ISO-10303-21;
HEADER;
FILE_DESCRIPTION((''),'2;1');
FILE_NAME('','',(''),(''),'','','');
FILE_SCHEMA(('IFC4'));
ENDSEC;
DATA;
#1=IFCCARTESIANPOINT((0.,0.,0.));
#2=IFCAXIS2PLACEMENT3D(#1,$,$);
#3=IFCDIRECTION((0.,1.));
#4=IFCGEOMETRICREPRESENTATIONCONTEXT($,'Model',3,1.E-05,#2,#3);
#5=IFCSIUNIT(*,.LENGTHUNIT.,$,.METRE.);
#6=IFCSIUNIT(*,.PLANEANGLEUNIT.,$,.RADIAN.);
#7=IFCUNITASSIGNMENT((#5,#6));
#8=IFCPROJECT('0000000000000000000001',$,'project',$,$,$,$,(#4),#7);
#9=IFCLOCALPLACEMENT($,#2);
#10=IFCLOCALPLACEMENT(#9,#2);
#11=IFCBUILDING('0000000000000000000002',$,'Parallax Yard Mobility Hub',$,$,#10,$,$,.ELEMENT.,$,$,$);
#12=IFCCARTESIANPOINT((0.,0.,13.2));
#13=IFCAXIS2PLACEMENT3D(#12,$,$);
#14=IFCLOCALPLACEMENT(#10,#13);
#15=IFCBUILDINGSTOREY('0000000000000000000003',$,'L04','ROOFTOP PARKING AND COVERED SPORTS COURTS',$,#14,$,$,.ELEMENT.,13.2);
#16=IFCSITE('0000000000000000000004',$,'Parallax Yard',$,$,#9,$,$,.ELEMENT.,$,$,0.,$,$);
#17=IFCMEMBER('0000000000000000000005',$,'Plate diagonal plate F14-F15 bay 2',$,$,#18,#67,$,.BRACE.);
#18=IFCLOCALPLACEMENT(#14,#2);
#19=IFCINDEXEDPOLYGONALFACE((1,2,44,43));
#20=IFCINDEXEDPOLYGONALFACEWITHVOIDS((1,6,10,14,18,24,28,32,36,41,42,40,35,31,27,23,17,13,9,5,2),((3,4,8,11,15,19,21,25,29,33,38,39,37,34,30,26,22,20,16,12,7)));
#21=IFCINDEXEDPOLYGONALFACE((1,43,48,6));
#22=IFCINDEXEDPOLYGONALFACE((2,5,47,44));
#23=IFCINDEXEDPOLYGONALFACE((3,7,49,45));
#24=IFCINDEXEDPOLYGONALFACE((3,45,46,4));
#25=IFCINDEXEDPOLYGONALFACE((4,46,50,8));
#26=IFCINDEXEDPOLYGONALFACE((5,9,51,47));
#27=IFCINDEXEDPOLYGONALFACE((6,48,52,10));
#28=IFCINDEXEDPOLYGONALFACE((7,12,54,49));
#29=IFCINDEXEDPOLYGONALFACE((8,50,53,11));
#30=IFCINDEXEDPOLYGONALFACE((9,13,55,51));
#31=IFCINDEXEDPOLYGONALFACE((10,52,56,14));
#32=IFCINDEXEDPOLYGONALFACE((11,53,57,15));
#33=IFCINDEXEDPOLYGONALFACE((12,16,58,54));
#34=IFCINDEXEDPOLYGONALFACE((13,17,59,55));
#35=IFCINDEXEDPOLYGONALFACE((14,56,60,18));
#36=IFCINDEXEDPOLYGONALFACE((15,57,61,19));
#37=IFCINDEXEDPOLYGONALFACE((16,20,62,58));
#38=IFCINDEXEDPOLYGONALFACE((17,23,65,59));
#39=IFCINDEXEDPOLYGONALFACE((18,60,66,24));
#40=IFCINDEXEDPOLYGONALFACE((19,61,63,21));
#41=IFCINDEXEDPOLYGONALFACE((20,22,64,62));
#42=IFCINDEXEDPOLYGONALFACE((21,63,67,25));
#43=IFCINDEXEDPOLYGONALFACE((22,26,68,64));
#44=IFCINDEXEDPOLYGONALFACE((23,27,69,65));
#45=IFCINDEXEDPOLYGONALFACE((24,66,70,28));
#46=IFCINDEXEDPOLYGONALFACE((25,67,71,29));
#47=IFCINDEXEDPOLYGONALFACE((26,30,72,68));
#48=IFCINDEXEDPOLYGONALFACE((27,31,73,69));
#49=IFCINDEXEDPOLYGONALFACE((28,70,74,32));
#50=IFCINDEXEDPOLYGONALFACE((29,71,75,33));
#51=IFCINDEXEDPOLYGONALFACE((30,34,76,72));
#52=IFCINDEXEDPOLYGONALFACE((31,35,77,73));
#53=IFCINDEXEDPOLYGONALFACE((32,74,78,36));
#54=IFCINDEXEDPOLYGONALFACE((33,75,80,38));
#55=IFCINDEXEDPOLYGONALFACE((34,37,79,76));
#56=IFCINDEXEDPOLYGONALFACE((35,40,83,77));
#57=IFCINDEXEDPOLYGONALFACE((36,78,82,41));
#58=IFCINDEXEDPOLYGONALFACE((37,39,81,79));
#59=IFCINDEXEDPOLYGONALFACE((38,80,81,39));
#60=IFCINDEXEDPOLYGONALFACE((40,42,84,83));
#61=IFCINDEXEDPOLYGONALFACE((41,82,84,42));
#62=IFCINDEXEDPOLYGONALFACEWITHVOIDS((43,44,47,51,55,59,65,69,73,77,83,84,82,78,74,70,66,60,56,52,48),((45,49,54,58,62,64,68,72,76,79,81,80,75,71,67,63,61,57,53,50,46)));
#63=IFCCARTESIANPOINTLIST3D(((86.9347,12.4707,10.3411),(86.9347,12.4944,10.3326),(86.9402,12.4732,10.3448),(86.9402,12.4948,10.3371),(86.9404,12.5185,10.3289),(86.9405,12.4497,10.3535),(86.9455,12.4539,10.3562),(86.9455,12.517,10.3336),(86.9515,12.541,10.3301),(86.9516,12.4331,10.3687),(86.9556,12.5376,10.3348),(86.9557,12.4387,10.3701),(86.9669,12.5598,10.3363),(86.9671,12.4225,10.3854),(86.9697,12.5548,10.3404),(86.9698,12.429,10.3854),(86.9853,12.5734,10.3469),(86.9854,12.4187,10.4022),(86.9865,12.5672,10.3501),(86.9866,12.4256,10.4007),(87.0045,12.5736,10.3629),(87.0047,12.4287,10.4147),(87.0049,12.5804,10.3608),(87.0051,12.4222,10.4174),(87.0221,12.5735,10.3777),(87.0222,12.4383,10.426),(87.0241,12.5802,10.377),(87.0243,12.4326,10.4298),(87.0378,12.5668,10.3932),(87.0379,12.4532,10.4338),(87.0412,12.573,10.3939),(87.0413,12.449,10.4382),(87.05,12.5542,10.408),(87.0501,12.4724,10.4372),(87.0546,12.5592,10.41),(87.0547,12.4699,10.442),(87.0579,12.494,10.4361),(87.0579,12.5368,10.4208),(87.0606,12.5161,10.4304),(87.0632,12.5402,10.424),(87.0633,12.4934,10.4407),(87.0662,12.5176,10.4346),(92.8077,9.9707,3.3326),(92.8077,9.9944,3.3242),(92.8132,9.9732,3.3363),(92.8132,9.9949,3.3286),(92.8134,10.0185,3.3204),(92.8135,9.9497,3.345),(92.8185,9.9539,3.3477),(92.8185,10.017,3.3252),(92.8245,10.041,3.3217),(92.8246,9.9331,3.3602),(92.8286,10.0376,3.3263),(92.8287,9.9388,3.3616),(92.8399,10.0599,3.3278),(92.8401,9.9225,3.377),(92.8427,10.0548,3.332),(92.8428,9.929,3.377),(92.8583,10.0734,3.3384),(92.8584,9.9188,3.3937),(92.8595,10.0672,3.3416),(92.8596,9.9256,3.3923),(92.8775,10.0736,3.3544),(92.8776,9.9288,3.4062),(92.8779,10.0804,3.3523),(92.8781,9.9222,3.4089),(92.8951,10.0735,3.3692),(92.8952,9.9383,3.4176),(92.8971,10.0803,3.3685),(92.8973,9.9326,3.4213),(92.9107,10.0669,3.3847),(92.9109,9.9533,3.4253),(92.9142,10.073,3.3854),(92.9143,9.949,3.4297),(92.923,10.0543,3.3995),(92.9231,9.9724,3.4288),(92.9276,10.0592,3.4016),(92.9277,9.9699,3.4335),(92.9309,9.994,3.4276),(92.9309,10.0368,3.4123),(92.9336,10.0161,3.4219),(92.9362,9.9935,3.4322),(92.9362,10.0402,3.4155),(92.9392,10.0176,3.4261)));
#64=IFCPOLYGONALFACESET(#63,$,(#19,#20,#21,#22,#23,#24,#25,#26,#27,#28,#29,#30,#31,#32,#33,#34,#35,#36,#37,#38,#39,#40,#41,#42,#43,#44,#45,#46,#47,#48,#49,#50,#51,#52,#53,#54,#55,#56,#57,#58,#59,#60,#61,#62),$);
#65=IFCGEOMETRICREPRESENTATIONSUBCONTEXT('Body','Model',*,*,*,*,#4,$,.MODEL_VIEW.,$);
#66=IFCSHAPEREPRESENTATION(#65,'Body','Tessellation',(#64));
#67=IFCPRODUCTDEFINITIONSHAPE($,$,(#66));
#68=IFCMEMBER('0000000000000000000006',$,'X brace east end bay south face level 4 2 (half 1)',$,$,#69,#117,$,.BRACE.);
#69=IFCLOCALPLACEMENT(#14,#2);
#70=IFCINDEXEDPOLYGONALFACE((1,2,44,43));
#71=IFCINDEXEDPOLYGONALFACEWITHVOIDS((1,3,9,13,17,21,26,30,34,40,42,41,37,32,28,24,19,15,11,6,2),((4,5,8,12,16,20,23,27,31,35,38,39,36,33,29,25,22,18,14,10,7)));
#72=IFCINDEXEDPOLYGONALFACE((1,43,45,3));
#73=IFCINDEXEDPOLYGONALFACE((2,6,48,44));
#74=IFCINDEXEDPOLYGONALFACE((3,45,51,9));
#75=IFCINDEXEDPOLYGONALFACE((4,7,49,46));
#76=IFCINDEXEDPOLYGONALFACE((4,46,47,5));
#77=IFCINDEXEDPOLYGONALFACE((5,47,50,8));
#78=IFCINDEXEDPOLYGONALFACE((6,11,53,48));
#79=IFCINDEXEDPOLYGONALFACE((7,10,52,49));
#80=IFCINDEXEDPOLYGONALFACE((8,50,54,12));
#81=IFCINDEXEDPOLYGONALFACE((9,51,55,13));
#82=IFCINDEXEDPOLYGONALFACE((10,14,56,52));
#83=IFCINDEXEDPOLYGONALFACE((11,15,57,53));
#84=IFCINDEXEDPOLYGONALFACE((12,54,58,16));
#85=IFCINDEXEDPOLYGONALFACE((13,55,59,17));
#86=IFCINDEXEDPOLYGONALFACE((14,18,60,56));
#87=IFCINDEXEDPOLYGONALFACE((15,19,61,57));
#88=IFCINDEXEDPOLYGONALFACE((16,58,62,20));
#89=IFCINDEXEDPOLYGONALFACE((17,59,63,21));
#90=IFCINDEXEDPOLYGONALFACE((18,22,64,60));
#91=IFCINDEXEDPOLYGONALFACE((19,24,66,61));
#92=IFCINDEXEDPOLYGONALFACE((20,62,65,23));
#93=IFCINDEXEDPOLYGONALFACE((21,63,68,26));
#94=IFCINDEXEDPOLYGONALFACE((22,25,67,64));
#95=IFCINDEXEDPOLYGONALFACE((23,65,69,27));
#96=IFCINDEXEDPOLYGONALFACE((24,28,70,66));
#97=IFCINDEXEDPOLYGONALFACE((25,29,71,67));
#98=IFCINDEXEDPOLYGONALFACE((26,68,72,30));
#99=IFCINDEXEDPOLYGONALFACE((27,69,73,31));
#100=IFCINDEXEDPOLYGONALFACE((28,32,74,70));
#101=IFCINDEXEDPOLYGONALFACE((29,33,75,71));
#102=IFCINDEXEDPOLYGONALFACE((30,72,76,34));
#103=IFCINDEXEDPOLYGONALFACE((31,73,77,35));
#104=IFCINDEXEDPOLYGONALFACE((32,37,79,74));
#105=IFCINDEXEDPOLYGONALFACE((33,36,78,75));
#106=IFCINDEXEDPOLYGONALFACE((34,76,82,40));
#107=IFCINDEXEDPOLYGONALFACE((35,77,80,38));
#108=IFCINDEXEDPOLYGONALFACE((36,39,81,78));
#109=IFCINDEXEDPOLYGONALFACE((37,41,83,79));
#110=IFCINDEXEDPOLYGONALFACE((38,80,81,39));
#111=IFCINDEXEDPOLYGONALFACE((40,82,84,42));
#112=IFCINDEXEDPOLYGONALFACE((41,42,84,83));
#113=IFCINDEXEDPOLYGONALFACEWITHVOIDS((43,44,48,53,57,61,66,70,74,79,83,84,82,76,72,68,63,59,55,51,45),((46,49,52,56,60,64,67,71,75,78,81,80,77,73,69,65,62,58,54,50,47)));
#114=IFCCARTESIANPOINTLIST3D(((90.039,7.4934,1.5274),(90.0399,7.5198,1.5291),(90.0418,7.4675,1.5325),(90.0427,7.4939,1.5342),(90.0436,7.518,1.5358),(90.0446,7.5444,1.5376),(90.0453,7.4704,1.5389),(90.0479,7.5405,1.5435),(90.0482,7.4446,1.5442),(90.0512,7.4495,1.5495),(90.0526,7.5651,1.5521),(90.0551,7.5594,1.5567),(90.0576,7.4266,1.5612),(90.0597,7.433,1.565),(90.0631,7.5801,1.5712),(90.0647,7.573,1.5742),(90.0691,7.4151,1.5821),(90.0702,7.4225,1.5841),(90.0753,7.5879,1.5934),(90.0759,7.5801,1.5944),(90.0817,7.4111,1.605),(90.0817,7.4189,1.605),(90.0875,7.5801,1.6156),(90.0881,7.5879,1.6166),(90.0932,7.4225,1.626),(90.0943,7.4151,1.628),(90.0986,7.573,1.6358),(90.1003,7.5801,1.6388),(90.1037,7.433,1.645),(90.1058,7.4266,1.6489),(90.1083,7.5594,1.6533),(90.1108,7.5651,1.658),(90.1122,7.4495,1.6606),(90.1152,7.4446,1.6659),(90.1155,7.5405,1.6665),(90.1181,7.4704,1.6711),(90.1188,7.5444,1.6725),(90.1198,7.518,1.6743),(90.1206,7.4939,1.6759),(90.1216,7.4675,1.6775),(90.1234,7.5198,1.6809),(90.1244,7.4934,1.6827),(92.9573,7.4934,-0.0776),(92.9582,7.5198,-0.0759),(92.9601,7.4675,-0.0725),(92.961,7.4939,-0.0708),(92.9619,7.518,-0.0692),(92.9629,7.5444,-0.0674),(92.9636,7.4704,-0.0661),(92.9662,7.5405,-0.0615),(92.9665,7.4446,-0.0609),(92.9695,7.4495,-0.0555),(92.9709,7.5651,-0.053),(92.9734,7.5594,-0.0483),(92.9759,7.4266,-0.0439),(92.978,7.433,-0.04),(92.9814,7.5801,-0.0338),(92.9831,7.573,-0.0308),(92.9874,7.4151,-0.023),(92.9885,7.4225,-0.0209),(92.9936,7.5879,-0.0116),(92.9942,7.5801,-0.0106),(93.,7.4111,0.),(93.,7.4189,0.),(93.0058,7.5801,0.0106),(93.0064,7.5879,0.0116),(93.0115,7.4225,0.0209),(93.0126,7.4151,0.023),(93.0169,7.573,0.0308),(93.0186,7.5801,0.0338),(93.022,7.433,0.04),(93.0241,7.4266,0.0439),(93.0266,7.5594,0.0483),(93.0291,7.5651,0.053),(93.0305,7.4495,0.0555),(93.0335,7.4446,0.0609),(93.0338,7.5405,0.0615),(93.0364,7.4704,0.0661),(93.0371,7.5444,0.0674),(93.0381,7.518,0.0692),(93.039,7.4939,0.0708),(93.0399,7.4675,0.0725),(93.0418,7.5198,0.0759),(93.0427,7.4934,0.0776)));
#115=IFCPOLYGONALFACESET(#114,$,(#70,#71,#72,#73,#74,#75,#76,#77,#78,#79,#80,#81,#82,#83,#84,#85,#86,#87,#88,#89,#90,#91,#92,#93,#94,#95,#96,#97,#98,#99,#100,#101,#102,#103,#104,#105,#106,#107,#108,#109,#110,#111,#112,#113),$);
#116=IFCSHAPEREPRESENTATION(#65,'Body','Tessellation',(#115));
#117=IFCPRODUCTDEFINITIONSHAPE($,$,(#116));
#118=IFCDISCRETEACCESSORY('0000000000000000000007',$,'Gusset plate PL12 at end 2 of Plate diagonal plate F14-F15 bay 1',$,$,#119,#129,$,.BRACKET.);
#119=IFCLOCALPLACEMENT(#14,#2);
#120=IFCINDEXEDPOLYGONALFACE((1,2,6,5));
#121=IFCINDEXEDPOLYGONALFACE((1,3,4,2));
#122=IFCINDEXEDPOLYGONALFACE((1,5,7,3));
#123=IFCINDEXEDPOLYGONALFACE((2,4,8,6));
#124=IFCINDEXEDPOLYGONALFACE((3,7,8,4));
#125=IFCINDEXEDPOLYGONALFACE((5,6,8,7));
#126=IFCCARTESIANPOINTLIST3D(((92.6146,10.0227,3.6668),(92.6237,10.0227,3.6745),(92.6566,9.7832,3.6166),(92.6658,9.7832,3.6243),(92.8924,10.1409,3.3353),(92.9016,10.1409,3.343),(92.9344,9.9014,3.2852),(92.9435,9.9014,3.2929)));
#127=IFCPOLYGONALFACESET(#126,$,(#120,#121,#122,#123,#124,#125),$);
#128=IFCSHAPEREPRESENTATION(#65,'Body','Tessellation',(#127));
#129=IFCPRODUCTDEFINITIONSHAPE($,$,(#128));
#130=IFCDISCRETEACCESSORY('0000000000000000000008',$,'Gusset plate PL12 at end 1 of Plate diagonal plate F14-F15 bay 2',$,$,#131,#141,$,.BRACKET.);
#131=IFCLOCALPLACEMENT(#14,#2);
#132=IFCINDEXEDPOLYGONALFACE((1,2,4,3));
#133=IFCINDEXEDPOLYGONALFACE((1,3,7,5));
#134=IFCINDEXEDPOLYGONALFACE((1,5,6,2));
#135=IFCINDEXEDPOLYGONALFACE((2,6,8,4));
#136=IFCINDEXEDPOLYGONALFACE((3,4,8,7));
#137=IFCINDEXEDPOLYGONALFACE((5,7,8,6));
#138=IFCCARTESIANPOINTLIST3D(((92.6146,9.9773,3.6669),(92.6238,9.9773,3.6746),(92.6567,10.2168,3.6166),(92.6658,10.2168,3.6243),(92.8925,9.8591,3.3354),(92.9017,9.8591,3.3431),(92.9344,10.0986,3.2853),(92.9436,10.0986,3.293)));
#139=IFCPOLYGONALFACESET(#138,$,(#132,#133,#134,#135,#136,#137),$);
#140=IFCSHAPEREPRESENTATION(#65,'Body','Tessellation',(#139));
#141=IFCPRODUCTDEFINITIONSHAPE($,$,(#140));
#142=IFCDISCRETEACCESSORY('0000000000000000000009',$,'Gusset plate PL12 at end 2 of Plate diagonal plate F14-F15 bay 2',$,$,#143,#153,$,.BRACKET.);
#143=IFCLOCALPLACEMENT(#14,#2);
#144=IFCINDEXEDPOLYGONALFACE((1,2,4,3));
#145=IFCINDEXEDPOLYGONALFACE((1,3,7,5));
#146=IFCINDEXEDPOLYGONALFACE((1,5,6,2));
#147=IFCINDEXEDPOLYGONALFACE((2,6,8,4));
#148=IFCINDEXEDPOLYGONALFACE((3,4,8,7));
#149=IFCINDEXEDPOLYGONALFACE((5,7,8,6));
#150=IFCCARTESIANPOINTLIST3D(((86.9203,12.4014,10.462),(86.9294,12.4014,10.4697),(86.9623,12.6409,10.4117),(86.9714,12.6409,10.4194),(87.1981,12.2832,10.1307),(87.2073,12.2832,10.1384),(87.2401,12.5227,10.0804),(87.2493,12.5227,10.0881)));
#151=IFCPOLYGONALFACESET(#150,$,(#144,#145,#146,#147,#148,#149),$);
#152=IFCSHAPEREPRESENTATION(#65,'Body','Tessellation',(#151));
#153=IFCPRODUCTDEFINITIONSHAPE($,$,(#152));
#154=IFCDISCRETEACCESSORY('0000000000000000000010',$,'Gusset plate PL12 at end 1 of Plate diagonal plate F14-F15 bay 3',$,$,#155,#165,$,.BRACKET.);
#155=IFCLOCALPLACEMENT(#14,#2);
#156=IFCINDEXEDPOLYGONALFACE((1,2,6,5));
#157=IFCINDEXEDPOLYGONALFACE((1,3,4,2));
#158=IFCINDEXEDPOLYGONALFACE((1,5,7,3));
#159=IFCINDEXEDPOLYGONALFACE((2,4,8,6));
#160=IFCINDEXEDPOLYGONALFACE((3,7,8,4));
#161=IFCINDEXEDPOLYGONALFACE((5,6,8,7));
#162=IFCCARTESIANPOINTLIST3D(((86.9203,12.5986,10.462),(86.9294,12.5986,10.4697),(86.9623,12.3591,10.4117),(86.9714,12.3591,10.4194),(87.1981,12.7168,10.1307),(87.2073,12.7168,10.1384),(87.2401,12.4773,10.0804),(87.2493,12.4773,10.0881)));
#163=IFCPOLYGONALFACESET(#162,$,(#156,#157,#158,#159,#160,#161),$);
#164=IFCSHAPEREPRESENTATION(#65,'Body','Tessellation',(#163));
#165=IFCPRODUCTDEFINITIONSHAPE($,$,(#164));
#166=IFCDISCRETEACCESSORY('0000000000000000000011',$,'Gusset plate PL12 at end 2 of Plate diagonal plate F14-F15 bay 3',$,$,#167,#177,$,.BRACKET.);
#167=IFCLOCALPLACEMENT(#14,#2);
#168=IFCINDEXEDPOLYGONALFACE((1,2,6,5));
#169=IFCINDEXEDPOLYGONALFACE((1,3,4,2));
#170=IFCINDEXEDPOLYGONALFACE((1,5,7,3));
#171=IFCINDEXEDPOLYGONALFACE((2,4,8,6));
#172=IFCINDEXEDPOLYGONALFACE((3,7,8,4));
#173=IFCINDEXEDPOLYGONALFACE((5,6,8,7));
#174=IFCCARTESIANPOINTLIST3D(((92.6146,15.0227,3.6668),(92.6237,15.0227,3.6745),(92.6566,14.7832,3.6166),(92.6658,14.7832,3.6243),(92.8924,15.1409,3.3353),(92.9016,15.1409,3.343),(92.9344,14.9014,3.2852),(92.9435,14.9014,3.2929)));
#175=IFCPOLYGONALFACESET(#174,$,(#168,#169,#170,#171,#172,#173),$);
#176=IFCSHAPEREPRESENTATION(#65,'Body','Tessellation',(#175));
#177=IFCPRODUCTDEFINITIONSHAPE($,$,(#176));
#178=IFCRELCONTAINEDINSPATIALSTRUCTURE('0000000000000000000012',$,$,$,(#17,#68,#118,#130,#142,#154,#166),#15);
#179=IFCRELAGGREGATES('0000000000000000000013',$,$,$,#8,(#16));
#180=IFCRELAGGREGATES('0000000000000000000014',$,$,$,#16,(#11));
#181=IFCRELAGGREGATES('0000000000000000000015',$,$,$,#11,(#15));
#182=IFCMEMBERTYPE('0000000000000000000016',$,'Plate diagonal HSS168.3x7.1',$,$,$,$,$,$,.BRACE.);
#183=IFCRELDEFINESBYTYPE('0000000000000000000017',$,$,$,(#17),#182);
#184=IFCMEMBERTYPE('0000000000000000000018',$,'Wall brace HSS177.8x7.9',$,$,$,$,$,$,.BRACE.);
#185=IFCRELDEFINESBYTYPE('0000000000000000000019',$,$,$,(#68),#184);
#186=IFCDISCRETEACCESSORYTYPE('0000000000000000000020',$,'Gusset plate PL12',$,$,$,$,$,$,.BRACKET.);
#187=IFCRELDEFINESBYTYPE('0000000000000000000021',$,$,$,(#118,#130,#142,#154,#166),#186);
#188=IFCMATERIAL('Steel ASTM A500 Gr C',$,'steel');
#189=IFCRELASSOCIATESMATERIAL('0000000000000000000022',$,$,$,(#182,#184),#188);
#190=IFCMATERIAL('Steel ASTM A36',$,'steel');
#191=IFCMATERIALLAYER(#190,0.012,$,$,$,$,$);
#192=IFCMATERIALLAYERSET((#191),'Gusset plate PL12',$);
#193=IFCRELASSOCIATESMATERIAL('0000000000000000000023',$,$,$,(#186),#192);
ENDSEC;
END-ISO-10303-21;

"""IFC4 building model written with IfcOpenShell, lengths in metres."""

from ifc_helpers import new_model, si_unit, direction, frame, origin, origin_2d, place, context, subcontext, project, spatial, polyline, hollow_circle, outline, extrude, material, layer, layer_set, material_profile, profile_set, type_object, element, save


model = new_model("IFC4")

# Units and contexts
model_context = context("Model", 3, precision=1e-05, world=origin(), true_north=direction((0.0, 1.0)))
body_context = subcontext(model_context, "Body", "Model", "MODEL_VIEW")
ifc_project = project(units=[si_unit("LENGTHUNIT", "METRE"), si_unit("PLANEANGLEUNIT", "RADIAN")], contexts=[model_context])

# Site, building, storey
site_placement = place(None, origin())
site = spatial("IfcSite", under=ifc_project, at=site_placement, Name="Parallax Yard", CompositionType="ELEMENT", RefElevation=0.0)
building_placement = place(site_placement, origin())
building = spatial("IfcBuilding", under=site, at=building_placement, Name="Parallax Yard Mobility Hub", CompositionType="ELEMENT")
storey_placement = place(building_placement, frame((0.0, 0.0, 13.2)))
storey = spatial("IfcBuildingStorey", under=building, at=storey_placement, Name="L04", Description="ROOFTOP PARKING AND COVERED SPORTS COURTS", CompositionType="ELEMENT", Elevation=13.2)

# Members
ifc_material_1 = material(Name="Steel ASTM A500 Gr C", Category="steel")
ifc_material_profile_1 = material_profile(ifc_material_1, hollow_circle(Radius=0.0842, WallThickness=0.0071, at=origin_2d()), Name="HSS168.3x7.1")
ifc_profile_set_1 = profile_set([ifc_material_profile_1], Name="Steel ASTM A500 Gr C")
member_type_1 = type_object("IfcMemberType", Name="Plate diagonal HSS168.3x7.1", PredefinedType="BRACE", material=ifc_profile_set_1)
member_1_placement = place(storey_placement, frame((92.873, 10.0, 3.377), z_axis=(-0.619547, 0.263725, 0.739331), x_axis=(-0.391665, -0.920108, 0.0)))
element("IfcMember", 1, at=member_1_placement, inside=storey, type_object=member_type_1, Name="Plate diagonal plate F14-F15 bay 2", PredefinedType="BRACE", context=body_context, shape_type="SweptSolid", body=[
    extrude(hollow_circle(Radius=0.0842, WallThickness=0.0071, at=origin_2d()), origin(), (0.0, 0.0, 1.0), 9.4795),
])
ifc_material_profile_2 = material_profile(ifc_material_1, hollow_circle(Radius=0.0889, WallThickness=0.0078, at=origin_2d()), Name="HSS177.8x7.9")
ifc_profile_set_2 = profile_set([ifc_material_profile_2], Name="Steel ASTM A500 Gr C")
member_type_2 = type_object("IfcMemberType", Name="Wall brace HSS177.8x7.9", PredefinedType="BRACE", material=ifc_profile_set_2)
member_2_placement = place(storey_placement, frame((93.0, 7.5, 0.0), z_axis=(-0.876221, 0.0, 0.48191), x_axis=(0.0, -1.0, 0.0)))
element("IfcMember", 2, at=member_2_placement, inside=storey, type_object=member_type_2, Name="X brace east end bay south face level 4 2 (half 1)", PredefinedType="BRACE", context=body_context, shape_type="SweptSolid", body=[
    extrude(hollow_circle(Radius=0.0889, WallThickness=0.0078, at=origin_2d()), origin(), (0.0, 0.0, 1.0), 3.3306),
])

# Discrete accessories
ifc_material_2 = material(Name="Steel ASTM A36", Category="steel")
ifc_layer_1 = layer(ifc_material_2, 0.012)
ifc_layer_set_1 = layer_set([ifc_layer_1], Name="Gusset plate PL12")
discrete_accessory_type = type_object("IfcDiscreteAccessoryType", Name="Gusset plate PL12", PredefinedType="BRACKET", material=ifc_layer_set_1)
discrete_accessory_1_placement = place(storey_placement, frame((92.6658, 9.7832, 3.6243), z_axis=(0.766379, -0.000198, 0.642389), x_axis=(0.619705, 0.263622, -0.739235)))
element("IfcDiscreteAccessory", 3, at=discrete_accessory_1_placement, inside=storey, type_object=discrete_accessory_type, Name="Gusset plate PL12 at end 2 of Plate diagonal plate F14-F15 bay 1", PredefinedType="BRACKET", context=body_context, shape_type="SweptSolid", body=[
    extrude(outline(polyline([(0.0, 0.0), (0.4482, 0.0), (0.4483, 0.2483), (-0.0001, 0.2483), (0.0, 0.0)])), origin(), (0.0, 0.0, -1.0), 0.012),
])
discrete_accessory_2_placement = place(storey_placement, frame((92.6238, 9.9773, 3.6746), z_axis=(0.766379, 0.000198, 0.642389), x_axis=(0.619724, -0.263516, -0.739258)))
element("IfcDiscreteAccessory", 4, at=discrete_accessory_2_placement, inside=storey, type_object=discrete_accessory_type, Name="Gusset plate PL12 at end 1 of Plate diagonal plate F14-F15 bay 2", PredefinedType="BRACKET", context=body_context, shape_type="SweptSolid", body=[
    extrude(outline(polyline([(0.0, 0.0), (0.4484, 0.0), (0.4483, 0.2483), (0.0001, 0.2483), (0.0, 0.0)])), origin(), (0.0, 0.0, -1.0), 0.012),
])
discrete_accessory_3_placement = place(storey_placement, frame((87.2493, 12.5227, 10.0881), z_axis=(0.766324, 0.000548, 0.642455), x_axis=(-0.619839, 0.263622, 0.739123)))
element("IfcDiscreteAccessory", 5, at=discrete_accessory_3_placement, inside=storey, type_object=discrete_accessory_type, Name="Gusset plate PL12 at end 2 of Plate diagonal plate F14-F15 bay 2", PredefinedType="BRACKET", context=body_context, shape_type="SweptSolid", body=[
    extrude(outline(polyline([(0.0, 0.0), (0.4482, 0.0), (0.4483, 0.2483), (0.0001, 0.2483), (0.0, 0.0)])), origin(), (0.0, 0.0, -1.0), 0.012),
])
discrete_accessory_4_placement = place(storey_placement, frame((87.2073, 12.7168, 10.1384), z_axis=(0.766324, -0.000548, 0.642455), x_axis=(-0.619839, -0.263622, 0.739123)))
element("IfcDiscreteAccessory", 6, at=discrete_accessory_4_placement, inside=storey, type_object=discrete_accessory_type, Name="Gusset plate PL12 at end 1 of Plate diagonal plate F14-F15 bay 3", PredefinedType="BRACKET", context=body_context, shape_type="SweptSolid", body=[
    extrude(outline(polyline([(0.0, 0.0), (0.4482, 0.0), (0.4482, 0.2483), (-0.0001, 0.2483), (0.0, 0.0)])), origin(), (0.0, 0.0, -1.0), 0.012),
])
discrete_accessory_5_placement = place(storey_placement, frame((92.6658, 14.7832, 3.6243), z_axis=(0.766379, -0.000198, 0.642389), x_axis=(0.619705, 0.263622, -0.739235)))
element("IfcDiscreteAccessory", 7, at=discrete_accessory_5_placement, inside=storey, type_object=discrete_accessory_type, Name="Gusset plate PL12 at end 2 of Plate diagonal plate F14-F15 bay 3", PredefinedType="BRACKET", context=body_context, shape_type="SweptSolid", body=[
    extrude(outline(polyline([(0.0, 0.0), (0.4482, 0.0), (0.4483, 0.2483), (-0.0001, 0.2483), (0.0, 0.0)])), origin(), (0.0, 0.0, -1.0), 0.012),
])

save(model, "model.ifc")
